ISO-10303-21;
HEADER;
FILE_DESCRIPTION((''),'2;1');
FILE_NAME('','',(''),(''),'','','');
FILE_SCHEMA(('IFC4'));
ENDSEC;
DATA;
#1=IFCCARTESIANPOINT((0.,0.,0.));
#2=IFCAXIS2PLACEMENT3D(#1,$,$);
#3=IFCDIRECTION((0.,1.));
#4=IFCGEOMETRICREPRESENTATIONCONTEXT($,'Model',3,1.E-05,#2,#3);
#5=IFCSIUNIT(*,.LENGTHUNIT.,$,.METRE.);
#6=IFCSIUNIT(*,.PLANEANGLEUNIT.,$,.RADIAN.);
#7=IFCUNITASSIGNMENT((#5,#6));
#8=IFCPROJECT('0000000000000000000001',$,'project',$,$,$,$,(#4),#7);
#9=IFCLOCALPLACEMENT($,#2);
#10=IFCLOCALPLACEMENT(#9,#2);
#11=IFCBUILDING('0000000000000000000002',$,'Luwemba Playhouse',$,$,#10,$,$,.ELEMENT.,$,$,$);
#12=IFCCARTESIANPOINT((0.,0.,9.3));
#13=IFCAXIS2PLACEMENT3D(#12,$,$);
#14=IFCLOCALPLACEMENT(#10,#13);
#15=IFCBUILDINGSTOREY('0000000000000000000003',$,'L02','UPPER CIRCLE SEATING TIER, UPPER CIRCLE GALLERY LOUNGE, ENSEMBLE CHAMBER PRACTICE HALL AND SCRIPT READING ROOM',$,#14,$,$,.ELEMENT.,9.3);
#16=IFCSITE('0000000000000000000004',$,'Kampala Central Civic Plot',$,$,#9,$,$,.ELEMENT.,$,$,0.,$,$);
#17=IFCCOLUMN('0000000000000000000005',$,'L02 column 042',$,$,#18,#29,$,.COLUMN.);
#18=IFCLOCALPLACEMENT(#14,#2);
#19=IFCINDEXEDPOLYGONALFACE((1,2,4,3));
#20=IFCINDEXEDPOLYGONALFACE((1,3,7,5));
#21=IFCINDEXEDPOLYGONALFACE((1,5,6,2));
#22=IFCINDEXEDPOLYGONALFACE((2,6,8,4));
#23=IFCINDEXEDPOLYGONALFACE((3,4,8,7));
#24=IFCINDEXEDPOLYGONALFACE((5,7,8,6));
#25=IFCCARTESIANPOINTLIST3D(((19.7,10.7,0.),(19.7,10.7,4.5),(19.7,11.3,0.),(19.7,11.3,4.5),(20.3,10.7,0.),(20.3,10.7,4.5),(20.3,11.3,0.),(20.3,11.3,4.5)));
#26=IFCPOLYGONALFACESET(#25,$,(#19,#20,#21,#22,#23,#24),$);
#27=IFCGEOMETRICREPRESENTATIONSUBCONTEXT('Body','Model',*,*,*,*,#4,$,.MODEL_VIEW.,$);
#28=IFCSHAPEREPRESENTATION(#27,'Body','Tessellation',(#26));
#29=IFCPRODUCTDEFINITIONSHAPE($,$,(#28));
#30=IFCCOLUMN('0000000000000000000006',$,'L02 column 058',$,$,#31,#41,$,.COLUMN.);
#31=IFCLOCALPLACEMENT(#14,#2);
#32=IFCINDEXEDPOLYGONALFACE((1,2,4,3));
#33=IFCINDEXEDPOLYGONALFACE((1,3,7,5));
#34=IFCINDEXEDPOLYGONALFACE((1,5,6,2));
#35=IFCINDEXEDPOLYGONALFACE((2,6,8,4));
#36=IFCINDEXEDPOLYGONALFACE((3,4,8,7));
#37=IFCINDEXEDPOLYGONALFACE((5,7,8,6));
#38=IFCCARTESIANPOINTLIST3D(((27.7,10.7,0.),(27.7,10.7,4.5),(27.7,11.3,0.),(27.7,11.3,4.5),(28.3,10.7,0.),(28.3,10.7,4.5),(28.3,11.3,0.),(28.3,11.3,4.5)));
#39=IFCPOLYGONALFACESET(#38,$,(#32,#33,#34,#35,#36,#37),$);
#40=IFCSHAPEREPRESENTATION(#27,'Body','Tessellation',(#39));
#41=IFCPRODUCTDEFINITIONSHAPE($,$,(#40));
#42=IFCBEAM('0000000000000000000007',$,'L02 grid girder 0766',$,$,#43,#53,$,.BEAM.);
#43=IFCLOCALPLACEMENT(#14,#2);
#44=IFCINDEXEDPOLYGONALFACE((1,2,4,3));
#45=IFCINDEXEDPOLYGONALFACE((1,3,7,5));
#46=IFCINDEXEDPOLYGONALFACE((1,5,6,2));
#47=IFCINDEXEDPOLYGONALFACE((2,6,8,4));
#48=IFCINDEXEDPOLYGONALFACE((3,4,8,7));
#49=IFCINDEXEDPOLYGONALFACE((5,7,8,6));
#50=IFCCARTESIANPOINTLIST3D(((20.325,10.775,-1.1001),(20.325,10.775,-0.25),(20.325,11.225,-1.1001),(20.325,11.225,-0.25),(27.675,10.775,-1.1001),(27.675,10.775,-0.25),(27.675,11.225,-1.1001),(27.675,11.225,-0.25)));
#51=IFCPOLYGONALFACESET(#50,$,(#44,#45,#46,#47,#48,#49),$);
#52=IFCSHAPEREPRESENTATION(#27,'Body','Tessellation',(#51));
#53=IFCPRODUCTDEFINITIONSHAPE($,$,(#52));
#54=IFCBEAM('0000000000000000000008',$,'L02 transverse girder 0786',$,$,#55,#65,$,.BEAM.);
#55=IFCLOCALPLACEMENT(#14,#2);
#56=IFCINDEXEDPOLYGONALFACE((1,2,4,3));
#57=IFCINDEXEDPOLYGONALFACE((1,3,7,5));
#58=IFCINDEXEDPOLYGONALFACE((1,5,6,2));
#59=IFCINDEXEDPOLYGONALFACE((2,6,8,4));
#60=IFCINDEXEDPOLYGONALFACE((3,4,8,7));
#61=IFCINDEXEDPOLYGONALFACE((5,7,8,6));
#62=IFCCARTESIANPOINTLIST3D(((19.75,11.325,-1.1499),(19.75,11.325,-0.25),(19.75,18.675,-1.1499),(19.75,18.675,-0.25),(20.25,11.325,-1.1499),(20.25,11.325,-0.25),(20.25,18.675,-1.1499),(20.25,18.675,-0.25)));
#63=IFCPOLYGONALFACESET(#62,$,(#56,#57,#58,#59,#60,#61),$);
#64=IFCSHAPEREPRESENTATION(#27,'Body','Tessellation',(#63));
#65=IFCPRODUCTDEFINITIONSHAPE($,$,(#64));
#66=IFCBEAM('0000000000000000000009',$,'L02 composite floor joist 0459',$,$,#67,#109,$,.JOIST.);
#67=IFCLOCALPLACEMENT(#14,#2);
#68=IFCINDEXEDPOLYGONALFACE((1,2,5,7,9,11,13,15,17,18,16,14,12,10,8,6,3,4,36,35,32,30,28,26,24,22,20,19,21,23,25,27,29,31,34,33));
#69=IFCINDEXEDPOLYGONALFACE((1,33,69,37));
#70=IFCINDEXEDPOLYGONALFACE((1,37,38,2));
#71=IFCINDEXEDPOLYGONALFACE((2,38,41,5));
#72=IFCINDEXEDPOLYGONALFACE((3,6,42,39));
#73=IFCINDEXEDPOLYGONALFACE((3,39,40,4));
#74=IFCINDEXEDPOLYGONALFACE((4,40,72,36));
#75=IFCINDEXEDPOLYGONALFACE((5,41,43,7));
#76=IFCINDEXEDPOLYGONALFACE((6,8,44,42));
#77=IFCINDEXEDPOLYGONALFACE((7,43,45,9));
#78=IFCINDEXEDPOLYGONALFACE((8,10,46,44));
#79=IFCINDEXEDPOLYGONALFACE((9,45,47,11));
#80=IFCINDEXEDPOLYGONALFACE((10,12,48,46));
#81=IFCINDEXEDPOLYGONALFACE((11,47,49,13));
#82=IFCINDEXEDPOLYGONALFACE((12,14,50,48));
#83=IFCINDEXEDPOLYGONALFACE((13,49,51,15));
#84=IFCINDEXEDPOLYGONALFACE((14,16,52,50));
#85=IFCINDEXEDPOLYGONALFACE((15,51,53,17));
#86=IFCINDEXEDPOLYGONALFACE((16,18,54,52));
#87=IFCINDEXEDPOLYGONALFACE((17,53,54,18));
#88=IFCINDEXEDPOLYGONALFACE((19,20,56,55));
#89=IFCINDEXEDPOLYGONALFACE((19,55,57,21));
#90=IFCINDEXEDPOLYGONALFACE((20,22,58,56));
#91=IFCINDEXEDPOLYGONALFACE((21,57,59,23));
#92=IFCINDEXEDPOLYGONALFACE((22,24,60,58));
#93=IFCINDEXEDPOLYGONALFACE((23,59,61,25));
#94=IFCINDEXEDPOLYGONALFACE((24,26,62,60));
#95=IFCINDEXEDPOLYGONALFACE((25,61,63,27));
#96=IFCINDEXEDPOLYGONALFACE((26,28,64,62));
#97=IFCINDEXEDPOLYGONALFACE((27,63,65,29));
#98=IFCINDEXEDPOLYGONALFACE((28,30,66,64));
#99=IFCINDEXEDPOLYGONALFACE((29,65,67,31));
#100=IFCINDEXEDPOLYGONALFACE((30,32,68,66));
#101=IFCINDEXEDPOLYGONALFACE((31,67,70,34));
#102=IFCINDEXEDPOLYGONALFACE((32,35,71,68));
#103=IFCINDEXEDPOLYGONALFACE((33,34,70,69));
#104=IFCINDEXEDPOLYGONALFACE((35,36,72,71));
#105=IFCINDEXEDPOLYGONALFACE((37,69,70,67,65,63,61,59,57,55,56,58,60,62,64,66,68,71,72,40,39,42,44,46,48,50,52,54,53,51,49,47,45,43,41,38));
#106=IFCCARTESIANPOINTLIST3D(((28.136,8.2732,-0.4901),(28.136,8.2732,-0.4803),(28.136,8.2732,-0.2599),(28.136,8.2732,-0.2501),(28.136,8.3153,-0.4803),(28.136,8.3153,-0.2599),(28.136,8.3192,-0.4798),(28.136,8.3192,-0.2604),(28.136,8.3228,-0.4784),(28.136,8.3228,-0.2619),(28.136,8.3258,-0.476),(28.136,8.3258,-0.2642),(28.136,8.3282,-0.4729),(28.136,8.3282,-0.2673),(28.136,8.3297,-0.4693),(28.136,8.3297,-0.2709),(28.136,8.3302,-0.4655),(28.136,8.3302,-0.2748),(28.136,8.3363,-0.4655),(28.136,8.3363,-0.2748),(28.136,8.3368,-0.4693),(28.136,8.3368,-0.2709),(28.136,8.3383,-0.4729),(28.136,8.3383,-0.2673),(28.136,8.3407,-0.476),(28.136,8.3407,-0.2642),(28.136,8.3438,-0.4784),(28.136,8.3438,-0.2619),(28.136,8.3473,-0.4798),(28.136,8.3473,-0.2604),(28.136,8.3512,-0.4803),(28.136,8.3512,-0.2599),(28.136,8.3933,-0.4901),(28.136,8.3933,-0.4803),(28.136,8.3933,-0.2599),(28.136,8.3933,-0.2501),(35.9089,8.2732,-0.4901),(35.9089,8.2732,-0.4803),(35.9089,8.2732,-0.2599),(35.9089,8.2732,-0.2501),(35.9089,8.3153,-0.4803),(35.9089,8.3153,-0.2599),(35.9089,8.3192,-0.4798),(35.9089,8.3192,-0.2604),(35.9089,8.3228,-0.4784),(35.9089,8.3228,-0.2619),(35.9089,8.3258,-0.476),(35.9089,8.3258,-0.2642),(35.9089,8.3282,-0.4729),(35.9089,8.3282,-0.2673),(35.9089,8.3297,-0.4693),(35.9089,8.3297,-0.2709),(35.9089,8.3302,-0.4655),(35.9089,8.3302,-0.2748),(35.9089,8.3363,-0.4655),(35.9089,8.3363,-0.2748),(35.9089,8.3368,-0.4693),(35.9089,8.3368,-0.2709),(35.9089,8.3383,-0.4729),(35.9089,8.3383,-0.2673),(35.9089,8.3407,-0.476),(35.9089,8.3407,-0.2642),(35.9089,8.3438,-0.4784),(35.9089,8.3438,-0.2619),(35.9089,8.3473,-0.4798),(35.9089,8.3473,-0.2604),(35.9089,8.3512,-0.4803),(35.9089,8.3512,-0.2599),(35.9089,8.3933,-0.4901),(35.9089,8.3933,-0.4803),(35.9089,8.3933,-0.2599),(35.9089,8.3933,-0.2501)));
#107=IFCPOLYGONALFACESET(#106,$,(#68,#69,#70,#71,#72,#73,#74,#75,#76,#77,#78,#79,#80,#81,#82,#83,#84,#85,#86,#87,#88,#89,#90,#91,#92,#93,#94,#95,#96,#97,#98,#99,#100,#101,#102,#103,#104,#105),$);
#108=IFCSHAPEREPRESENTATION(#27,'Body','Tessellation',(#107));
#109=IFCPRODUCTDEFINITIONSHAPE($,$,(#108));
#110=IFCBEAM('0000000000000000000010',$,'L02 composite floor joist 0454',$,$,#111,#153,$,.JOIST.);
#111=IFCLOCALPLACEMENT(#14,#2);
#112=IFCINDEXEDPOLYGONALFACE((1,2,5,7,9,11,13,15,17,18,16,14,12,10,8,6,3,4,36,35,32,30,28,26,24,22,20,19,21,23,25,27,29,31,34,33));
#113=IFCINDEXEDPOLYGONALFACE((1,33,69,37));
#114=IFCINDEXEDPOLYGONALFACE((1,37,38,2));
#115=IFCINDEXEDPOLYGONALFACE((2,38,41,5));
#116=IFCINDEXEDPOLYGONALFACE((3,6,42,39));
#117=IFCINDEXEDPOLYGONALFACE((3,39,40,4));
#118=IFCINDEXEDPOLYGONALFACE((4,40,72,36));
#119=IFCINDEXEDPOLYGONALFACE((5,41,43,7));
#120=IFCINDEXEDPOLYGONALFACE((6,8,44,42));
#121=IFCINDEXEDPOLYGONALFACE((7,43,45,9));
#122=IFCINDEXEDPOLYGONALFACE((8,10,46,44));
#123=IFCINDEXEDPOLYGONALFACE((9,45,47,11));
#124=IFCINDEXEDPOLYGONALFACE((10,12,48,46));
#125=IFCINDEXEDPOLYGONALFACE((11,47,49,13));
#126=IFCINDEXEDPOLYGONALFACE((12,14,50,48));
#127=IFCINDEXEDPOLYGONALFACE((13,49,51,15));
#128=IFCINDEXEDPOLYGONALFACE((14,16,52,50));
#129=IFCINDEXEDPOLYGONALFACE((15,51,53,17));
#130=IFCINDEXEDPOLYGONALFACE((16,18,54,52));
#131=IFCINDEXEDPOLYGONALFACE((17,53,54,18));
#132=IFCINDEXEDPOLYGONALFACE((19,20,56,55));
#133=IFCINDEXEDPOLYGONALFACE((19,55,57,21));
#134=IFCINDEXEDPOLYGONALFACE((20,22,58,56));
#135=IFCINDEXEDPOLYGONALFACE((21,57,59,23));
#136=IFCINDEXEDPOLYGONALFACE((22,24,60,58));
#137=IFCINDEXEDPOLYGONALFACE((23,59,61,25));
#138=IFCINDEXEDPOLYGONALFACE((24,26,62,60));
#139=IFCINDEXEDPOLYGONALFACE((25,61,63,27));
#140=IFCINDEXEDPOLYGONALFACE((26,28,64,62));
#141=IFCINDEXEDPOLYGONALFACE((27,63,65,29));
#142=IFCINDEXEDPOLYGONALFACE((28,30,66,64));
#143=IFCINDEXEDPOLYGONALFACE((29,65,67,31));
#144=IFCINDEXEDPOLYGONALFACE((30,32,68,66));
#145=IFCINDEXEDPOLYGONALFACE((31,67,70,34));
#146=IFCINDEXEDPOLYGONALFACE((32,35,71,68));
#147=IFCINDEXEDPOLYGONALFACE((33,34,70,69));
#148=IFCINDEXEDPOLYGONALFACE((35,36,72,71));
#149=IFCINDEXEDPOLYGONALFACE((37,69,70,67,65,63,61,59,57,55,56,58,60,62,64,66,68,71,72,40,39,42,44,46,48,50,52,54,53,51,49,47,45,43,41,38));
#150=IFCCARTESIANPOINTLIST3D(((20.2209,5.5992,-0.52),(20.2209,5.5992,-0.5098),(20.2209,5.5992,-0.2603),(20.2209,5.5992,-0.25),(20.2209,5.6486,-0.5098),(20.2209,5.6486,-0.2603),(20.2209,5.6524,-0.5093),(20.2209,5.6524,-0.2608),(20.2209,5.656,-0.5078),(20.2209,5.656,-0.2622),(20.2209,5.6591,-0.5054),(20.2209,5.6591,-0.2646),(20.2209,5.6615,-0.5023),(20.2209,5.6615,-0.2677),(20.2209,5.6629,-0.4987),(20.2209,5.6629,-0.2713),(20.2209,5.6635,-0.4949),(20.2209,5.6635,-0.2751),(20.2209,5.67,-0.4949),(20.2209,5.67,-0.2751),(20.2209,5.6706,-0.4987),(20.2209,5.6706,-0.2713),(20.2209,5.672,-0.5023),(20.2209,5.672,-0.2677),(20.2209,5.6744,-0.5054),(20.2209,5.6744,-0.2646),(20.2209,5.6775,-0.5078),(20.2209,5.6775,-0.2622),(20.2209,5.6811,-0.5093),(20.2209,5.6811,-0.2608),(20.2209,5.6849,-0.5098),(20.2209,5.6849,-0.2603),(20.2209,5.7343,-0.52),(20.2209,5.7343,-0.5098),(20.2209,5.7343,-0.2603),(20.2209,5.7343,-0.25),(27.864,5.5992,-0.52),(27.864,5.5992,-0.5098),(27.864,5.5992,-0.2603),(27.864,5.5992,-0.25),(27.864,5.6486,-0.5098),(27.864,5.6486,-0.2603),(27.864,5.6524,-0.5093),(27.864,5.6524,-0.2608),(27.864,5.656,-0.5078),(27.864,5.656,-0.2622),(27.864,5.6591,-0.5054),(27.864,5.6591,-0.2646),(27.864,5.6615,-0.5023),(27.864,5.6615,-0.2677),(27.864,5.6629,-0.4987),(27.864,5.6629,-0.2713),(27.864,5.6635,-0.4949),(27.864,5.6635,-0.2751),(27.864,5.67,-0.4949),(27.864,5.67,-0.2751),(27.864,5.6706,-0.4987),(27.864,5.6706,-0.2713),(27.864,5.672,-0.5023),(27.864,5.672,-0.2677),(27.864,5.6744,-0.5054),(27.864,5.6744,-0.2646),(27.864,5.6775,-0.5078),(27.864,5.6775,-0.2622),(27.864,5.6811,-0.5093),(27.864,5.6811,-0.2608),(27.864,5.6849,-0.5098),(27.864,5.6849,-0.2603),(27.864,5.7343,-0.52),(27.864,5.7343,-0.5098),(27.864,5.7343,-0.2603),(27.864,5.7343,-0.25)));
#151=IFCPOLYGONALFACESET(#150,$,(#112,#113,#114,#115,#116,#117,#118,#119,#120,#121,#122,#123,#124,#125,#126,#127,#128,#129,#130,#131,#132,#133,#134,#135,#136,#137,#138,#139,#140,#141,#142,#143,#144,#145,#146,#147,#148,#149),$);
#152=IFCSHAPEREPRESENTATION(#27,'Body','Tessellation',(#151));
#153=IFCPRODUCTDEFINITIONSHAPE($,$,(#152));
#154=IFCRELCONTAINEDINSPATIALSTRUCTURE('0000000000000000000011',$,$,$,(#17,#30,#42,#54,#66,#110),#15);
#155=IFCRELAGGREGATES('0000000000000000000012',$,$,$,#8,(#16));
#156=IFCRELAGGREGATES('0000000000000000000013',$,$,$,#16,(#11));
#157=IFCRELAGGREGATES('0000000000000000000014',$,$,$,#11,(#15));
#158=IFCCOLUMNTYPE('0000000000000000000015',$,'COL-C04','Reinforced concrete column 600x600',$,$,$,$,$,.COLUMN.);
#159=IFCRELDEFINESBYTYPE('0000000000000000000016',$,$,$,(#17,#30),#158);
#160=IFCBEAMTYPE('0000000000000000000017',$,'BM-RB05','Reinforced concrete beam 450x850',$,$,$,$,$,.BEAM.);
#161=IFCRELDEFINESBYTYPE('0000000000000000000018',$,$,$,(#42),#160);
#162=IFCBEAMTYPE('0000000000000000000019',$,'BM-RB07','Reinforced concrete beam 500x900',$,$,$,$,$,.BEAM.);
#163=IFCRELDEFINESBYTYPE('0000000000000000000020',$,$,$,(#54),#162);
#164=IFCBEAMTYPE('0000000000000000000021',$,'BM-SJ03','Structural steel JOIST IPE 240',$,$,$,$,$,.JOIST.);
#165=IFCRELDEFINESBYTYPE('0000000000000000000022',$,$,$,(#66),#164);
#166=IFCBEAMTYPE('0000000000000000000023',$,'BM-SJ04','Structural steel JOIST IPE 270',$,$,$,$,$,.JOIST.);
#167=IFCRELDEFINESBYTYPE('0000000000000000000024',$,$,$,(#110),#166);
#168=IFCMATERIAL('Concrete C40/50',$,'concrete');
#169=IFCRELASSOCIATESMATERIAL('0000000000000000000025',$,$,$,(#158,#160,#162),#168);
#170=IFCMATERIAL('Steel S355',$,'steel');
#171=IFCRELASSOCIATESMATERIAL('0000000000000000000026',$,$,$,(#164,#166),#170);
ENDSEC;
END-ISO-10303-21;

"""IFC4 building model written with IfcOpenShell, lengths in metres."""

from ifc_helpers import new_model, si_unit, direction, frame, origin, origin_2d, place, context, subcontext, project, spatial, rectangle, i_section, extrude, material, material_profile, profile_set, type_object, element, save


model = new_model("IFC4")

# Units and contexts
model_context = context("Model", 3, precision=1e-05, world=origin(), true_north=direction((0.0, 1.0)))
body_context = subcontext(model_context, "Body", "Model", "MODEL_VIEW")
ifc_project = project(units=[si_unit("LENGTHUNIT", "METRE"), si_unit("PLANEANGLEUNIT", "RADIAN")], contexts=[model_context])

# Site, building, storey
site_placement = place(None, origin())
site = spatial("IfcSite", under=ifc_project, at=site_placement, Name="Kampala Central Civic Plot", CompositionType="ELEMENT", RefElevation=0.0)
building_placement = place(site_placement, origin())
building = spatial("IfcBuilding", under=site, at=building_placement, Name="Luwemba Playhouse", CompositionType="ELEMENT")
storey_placement = place(building_placement, frame((0.0, 0.0, 9.3)))
storey = spatial("IfcBuildingStorey", under=building, at=storey_placement, Name="L02", Description="UPPER CIRCLE SEATING TIER, UPPER CIRCLE GALLERY LOUNGE, ENSEMBLE CHAMBER PRACTICE HALL AND SCRIPT READING ROOM", CompositionType="ELEMENT", Elevation=9.3)

# Columns
ifc_material_1 = material(Name="Concrete C40/50", Category="concrete")
ifc_material_profile_1 = material_profile(ifc_material_1, rectangle(XDim=0.6001, YDim=0.6001, at=origin_2d()))
ifc_profile_set_1 = profile_set([ifc_material_profile_1], Name="Concrete C40/50")
column_type = type_object("IfcColumnType", Name="COL-C04", Description="Reinforced concrete column 600x600", PredefinedType="COLUMN", material=ifc_profile_set_1)
for number, where, z_axis, x_axis, name in (
    (1, (20.0, 11.0, 0.0), (0.0, 0.0, 1.0), (1.0, 0.0, 0.0), "L02 column 042"),
    (2, (28.0, 11.0, 0.0), (0.0, 0.0, 1.0), (1.0, 0.0, 0.0), "L02 column 058"),
):
    element("IfcColumn", number, at=place(storey_placement, frame(where, z_axis=z_axis, x_axis=x_axis)), inside=storey, type_object=column_type, Name=name, PredefinedType="COLUMN", context=body_context, shape_type="SweptSolid", body=[
        extrude(rectangle(XDim=0.6001, YDim=0.6001, at=origin_2d()), origin(), (0.0, 0.0, 1.0), 4.5),
    ])

# Beams
ifc_material_profile_2 = material_profile(ifc_material_1, rectangle(XDim=0.45, YDim=0.8501, at=origin_2d()))
ifc_profile_set_2 = profile_set([ifc_material_profile_2], Name="Concrete C40/50")
beam_type_1 = type_object("IfcBeamType", Name="BM-RB05", Description="Reinforced concrete beam 450x850", PredefinedType="BEAM", material=ifc_profile_set_2)
beam_1_placement = place(storey_placement, frame((20.325, 11.0, -0.675), z_axis=(1.0, 0.0, 0.0), x_axis=(0.0, 1.0, 0.0)))
element("IfcBeam", 3, at=beam_1_placement, inside=storey, type_object=beam_type_1, Name="L02 grid girder 0766", PredefinedType="BEAM", context=body_context, shape_type="SweptSolid", body=[
    extrude(rectangle(XDim=0.45, YDim=0.8501, at=origin_2d()), origin(), (0.0, 0.0, 1.0), 7.3501),
])
ifc_material_profile_3 = material_profile(ifc_material_1, rectangle(XDim=0.5, YDim=0.8999, at=origin_2d()))
ifc_profile_set_3 = profile_set([ifc_material_profile_3], Name="Concrete C40/50")
beam_type_2 = type_object("IfcBeamType", Name="BM-RB07", Description="Reinforced concrete beam 500x900", PredefinedType="BEAM", material=ifc_profile_set_3)
beam_2_placement = place(storey_placement, frame((20.0, 11.325, -0.7), z_axis=(0.0, 1.0, 0.0), x_axis=(-1.0, 0.0, 0.0)))
element("IfcBeam", 4, at=beam_2_placement, inside=storey, type_object=beam_type_2, Name="L02 transverse girder 0786", PredefinedType="BEAM", context=body_context, shape_type="SweptSolid", body=[
    extrude(rectangle(XDim=0.5, YDim=0.8999, at=origin_2d()), origin(), (0.0, 0.0, 1.0), 7.3501),
])
ifc_material_2 = material(Name="Steel S355", Category="steel")
ifc_material_profile_4 = material_profile(ifc_material_2, i_section(OverallWidth=0.1201, OverallDepth=0.24, WebThickness=0.0061, FlangeThickness=0.0098, FilletRadius=0.0149, at=origin_2d()))
ifc_profile_set_4 = profile_set([ifc_material_profile_4], Name="Steel S355")
beam_type_3 = type_object("IfcBeamType", Name="BM-SJ03", Description="Structural steel JOIST IPE 240", PredefinedType="JOIST", material=ifc_profile_set_4)
beam_3_placement = place(storey_placement, frame((28.136, 8.3333, -0.3701), z_axis=(1.0, 0.0, 0.0), x_axis=(0.0, 1.0, 0.0)))
element("IfcBeam", 5, at=beam_3_placement, inside=storey, type_object=beam_type_3, Name="L02 composite floor joist 0459", PredefinedType="JOIST", context=body_context, shape_type="SweptSolid", body=[
    extrude(i_section(OverallWidth=0.1201, OverallDepth=0.24, WebThickness=0.0061, FlangeThickness=0.0098, FilletRadius=0.0149, at=origin_2d()), origin(), (0.0, 0.0, 1.0), 7.7729),
])
ifc_material_profile_5 = material_profile(ifc_material_2, i_section(OverallWidth=0.135, OverallDepth=0.27, WebThickness=0.0066, FlangeThickness=0.0103, FilletRadius=0.0149, at=origin_2d()))
ifc_profile_set_5 = profile_set([ifc_material_profile_5], Name="Steel S355")
beam_type_4 = type_object("IfcBeamType", Name="BM-SJ04", Description="Structural steel JOIST IPE 270", PredefinedType="JOIST", material=ifc_profile_set_5)
beam_4_placement = place(storey_placement, frame((20.2209, 5.6667, -0.385), z_axis=(1.0, 0.0, 0.0), x_axis=(0.0, 1.0, 0.0)))
element("IfcBeam", 6, at=beam_4_placement, inside=storey, type_object=beam_type_4, Name="L02 composite floor joist 0454", PredefinedType="JOIST", context=body_context, shape_type="SweptSolid", body=[
    extrude(i_section(OverallWidth=0.135, OverallDepth=0.27, WebThickness=0.0066, FlangeThickness=0.0103, FilletRadius=0.0149, at=origin_2d()), origin(), (0.0, 0.0, 1.0), 7.6431),
])

save(model, "model.ifc")
